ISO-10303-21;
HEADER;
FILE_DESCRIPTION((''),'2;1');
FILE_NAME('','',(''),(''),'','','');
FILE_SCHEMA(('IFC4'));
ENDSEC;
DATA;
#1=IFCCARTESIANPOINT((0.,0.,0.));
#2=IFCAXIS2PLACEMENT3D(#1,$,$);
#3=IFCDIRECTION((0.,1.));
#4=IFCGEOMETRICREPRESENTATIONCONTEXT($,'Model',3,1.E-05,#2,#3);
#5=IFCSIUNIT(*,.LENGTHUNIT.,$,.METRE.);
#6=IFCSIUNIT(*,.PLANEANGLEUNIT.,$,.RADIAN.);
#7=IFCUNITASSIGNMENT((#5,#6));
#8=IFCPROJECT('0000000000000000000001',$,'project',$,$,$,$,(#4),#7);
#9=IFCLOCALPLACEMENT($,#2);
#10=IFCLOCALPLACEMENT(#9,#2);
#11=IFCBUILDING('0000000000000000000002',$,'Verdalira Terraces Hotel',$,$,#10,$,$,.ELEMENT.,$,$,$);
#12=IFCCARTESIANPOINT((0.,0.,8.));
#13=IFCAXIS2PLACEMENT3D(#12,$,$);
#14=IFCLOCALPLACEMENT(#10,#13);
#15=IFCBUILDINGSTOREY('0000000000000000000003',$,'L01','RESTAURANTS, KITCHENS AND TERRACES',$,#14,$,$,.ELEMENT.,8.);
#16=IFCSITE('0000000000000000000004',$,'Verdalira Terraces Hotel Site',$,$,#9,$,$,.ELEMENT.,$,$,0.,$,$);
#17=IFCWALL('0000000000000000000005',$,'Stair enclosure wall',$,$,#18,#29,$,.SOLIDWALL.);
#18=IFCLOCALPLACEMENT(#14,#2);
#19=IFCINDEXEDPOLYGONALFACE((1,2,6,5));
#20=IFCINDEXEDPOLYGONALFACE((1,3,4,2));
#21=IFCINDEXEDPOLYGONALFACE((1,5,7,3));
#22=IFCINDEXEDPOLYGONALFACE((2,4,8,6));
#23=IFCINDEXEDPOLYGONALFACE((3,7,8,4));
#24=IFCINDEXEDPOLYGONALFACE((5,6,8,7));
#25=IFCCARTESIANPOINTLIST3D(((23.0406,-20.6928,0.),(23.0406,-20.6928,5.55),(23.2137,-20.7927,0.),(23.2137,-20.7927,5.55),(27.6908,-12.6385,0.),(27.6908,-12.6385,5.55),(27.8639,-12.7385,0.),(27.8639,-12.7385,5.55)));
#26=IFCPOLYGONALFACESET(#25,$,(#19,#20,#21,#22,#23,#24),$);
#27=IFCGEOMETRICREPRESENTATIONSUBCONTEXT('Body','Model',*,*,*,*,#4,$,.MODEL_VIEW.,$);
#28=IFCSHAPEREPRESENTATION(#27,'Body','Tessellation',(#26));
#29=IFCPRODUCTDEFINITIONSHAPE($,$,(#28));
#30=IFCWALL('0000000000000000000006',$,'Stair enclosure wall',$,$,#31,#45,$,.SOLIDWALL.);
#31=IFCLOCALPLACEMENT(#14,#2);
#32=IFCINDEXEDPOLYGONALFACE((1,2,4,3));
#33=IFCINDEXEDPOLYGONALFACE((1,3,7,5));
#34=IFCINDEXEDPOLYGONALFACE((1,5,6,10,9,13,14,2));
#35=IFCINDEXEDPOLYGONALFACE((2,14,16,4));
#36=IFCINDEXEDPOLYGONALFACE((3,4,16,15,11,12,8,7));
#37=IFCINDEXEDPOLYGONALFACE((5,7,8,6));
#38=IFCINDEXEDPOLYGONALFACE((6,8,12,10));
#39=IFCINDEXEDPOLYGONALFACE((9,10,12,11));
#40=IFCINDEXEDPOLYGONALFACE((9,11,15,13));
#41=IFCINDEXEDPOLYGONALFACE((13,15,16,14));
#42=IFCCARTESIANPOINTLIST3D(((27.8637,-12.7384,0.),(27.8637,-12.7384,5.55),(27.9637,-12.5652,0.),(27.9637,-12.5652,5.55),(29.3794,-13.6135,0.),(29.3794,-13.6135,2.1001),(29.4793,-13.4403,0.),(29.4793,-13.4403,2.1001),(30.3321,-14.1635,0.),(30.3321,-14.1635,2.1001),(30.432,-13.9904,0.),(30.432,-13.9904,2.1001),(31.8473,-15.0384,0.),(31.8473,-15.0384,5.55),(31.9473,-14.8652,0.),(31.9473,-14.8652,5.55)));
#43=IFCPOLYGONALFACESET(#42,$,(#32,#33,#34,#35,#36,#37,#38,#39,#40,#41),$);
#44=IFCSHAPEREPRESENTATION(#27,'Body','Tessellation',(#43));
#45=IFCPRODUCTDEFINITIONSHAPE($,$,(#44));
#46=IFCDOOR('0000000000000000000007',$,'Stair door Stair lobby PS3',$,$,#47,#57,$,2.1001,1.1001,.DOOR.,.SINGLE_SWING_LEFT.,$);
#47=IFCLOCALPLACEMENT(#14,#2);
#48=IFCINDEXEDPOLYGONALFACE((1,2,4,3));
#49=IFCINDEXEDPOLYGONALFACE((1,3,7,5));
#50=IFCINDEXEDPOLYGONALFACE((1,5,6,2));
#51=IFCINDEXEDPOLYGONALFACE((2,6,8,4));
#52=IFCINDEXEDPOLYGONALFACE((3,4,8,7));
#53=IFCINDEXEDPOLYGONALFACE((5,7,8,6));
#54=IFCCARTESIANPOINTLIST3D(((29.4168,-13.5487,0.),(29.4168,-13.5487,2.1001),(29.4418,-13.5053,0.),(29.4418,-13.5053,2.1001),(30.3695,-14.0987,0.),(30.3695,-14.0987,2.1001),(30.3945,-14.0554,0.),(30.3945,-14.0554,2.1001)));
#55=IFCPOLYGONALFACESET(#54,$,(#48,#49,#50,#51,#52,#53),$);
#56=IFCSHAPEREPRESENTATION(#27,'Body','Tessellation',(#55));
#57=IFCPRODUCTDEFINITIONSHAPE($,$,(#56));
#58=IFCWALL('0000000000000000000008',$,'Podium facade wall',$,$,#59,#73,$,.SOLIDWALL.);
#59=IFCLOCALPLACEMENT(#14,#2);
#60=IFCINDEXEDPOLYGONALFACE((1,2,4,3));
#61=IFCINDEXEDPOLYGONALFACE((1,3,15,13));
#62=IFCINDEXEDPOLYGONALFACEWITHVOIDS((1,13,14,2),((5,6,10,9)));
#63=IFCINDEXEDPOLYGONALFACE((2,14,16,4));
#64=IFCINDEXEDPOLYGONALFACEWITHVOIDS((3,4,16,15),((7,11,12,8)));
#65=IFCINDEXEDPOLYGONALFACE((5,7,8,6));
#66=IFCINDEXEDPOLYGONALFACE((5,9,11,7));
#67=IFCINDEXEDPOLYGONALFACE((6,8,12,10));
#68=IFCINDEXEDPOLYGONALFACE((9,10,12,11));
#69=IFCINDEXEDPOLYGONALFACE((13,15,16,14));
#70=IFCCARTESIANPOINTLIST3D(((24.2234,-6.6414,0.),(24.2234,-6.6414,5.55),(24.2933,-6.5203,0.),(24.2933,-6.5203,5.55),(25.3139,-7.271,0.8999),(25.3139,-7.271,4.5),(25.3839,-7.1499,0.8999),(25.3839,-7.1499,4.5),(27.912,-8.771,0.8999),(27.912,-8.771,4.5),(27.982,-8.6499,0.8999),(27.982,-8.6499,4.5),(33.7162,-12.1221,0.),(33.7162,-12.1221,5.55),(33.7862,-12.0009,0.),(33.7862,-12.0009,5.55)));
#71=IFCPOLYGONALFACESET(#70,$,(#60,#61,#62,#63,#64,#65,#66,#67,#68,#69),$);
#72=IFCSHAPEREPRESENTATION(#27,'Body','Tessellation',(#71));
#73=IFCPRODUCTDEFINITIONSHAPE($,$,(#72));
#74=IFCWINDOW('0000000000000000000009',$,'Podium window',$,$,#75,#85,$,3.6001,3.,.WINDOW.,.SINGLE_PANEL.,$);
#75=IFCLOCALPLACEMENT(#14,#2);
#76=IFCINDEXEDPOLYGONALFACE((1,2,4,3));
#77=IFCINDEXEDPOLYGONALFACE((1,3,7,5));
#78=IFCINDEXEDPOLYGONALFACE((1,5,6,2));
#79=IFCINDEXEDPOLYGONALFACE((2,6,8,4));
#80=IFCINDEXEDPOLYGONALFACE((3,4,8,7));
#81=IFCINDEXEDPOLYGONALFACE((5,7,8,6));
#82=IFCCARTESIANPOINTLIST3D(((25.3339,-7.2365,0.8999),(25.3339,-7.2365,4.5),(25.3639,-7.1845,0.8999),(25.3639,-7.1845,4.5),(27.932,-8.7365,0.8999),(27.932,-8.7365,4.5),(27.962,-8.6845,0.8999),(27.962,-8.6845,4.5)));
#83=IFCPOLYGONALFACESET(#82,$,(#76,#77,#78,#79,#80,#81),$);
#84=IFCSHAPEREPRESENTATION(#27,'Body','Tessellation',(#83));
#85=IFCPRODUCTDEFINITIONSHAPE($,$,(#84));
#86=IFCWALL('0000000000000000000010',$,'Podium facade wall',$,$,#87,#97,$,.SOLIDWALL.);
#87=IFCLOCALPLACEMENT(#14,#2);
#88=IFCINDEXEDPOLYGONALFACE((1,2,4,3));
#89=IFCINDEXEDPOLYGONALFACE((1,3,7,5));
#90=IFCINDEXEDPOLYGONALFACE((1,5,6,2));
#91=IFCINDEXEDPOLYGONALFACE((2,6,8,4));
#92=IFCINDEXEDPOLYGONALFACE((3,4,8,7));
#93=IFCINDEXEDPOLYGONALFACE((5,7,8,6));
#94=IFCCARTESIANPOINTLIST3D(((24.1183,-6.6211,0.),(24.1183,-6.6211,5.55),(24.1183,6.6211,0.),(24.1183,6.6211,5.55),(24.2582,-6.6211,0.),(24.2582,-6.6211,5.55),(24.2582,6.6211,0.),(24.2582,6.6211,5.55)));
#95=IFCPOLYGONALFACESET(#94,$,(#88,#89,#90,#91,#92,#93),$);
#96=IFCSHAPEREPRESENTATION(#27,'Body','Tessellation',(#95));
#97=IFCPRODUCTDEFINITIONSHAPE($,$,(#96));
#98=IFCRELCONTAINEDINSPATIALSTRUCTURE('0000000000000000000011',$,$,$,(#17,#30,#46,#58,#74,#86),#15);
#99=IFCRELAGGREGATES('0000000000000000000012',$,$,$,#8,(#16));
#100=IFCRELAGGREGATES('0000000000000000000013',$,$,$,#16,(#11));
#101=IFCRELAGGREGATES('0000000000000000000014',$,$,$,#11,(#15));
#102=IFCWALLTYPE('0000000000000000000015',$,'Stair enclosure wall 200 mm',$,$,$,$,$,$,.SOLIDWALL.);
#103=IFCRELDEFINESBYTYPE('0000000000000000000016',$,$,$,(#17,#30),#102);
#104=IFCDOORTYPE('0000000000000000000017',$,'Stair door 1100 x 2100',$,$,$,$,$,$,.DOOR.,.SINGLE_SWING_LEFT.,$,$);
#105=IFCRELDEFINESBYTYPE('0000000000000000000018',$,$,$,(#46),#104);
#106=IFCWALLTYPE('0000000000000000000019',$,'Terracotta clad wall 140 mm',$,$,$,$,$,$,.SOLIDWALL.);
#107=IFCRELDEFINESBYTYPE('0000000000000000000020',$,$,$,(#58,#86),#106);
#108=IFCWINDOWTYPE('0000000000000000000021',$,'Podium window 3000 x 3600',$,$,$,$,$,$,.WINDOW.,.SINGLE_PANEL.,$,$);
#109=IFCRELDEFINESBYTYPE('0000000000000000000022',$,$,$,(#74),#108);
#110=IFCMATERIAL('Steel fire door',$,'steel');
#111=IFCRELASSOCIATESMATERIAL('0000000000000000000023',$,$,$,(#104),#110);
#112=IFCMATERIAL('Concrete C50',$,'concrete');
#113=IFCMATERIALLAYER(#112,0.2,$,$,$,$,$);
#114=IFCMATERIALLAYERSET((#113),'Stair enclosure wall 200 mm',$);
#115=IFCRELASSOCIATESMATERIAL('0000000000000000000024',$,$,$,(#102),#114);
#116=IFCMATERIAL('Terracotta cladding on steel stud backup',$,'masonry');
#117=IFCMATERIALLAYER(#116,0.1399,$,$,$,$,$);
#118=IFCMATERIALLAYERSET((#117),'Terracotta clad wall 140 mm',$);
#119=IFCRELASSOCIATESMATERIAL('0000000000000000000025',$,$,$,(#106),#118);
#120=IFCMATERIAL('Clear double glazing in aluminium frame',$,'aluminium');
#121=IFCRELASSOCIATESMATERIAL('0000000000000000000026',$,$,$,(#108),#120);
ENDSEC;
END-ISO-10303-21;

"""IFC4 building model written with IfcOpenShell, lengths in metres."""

from ifc_helpers import new_model, si_unit, direction, frame, frame_2d, origin, place, context, subcontext, project, spatial, rectangle, extrude, material, layer, layer_set, type_object, element, fill, save


model = new_model("IFC4")

# Units and contexts
model_context = context("Model", 3, precision=1e-05, world=origin(), true_north=direction((0.0, 1.0)))
body_context = subcontext(model_context, "Body", "Model", "MODEL_VIEW")
ifc_project = project(units=[si_unit("LENGTHUNIT", "METRE"), si_unit("PLANEANGLEUNIT", "RADIAN")], contexts=[model_context])

# Site, building, storey
site_placement = place(None, origin())
site = spatial("IfcSite", under=ifc_project, at=site_placement, Name="Verdalira Terraces Hotel Site", CompositionType="ELEMENT", RefElevation=0.0)
building_placement = place(site_placement, origin())
building = spatial("IfcBuilding", under=site, at=building_placement, Name="Verdalira Terraces Hotel", CompositionType="ELEMENT")
storey_placement = place(building_placement, frame((0.0, 0.0, 8.0)))
storey = spatial("IfcBuildingStorey", under=building, at=storey_placement, Name="L01", Description="RESTAURANTS, KITCHENS AND TERRACES", CompositionType="ELEMENT", Elevation=8.0)

# Shared definitions
ifc_material_1 = material(Name="Steel fire door", Category="steel")
door_type = type_object("IfcDoorType", Name="Stair door 1100 x 2100", OperationType="SINGLE_SWING_LEFT", PredefinedType="DOOR", material=ifc_material_1)

# Wall
ifc_material_2 = material(Name="Concrete C50", Category="concrete")
ifc_layer_1 = layer(ifc_material_2, 0.2)
ifc_layer_set_1 = layer_set([ifc_layer_1], Name="Stair enclosure wall 200 mm")
wall_type_1 = type_object("IfcWallType", Name="Stair enclosure wall 200 mm", PredefinedType="SOLIDWALL", material=ifc_layer_set_1)
wall_1_placement = place(storey_placement, frame((27.7773, -12.6885, 0.0), z_axis=(0.0, 0.0, 1.0), x_axis=(-0.500004, -0.866023, 0.0)))
element("IfcWall", 1, at=wall_1_placement, inside=storey, type_object=wall_type_1, Name="Stair enclosure wall", PredefinedType="SOLIDWALL", context=body_context, shape_type="SweptSolid", body=[
    extrude(rectangle(XDim=9.3003, YDim=0.2, at=frame_2d((4.6501, 0.0))), origin(), (0.0, 0.0, 1.0), 5.55),
])

# Wall, opening, door
wall_2_placement = place(storey_placement, frame((27.9138, -12.6519, 0.0), z_axis=(0.0, 0.0, 1.0), x_axis=(0.866017, -0.500015, 0.0)))
wall_2 = element("IfcWall", 2, at=wall_2_placement, inside=storey, type_object=wall_type_1, Name="Stair enclosure wall", PredefinedType="SOLIDWALL", context=body_context, shape_type="SweptSolid", body=[
    extrude(rectangle(XDim=4.5999, YDim=0.2, at=frame_2d((2.2998, 0.0))), origin(), (0.0, 0.0, 1.0), 5.55),
])
opening_1_placement = place(wall_2_placement, frame((1.75, 0.0, 0.0)))
opening_1 = element("IfcOpeningElement", 3, at=opening_1_placement, cuts=wall_2, PredefinedType="OPENING", context=body_context, shape_type="SweptSolid", body=[
    extrude(rectangle(XDim=1.1001, YDim=2.1001, at=frame_2d((0.55, 1.05))), frame((0.0, 0.1099, 0.0), z_axis=(0.0, -1.0, 0.0), x_axis=(1.0, 0.0, 0.0)), (0.0, 0.0, 1.0), 0.22),
])
door_1_placement = place(opening_1_placement, origin())
door_1 = element("IfcDoor", 4, at=door_1_placement, inside=storey, type_object=door_type, Name="Stair door Stair lobby PS3", OperationType="SINGLE_SWING_LEFT", OverallHeight=2.1001, OverallWidth=1.1001, PredefinedType="DOOR", context=body_context, shape_type="SweptSolid", body=[
    extrude(rectangle(XDim=1.1001, YDim=2.1001, at=frame_2d((0.55, 1.05))), frame((0.0, 0.0249, 0.0), z_axis=(0.0, -1.0, 0.0), x_axis=(1.0, 0.0, 0.0)), (0.0, 0.0, 1.0), 0.05),
])
fill(opening_1, door_1)

# Wall, opening, window
ifc_material_3 = material(Name="Terracotta cladding on steel stud backup", Category="masonry")
ifc_layer_2 = layer(ifc_material_3, 0.1399)
ifc_layer_set_2 = layer_set([ifc_layer_2], Name="Terracotta clad wall 140 mm")
wall_type_2 = type_object("IfcWallType", Name="Terracotta clad wall 140 mm", PredefinedType="SOLIDWALL", material=ifc_layer_set_2)
wall_3_placement = place(storey_placement, frame((33.7512, -12.0615, 0.0), z_axis=(0.0, 0.0, 1.0), x_axis=(-0.866026, 0.499998, 0.0)))
wall_3 = element("IfcWall", 5, at=wall_3_placement, inside=storey, type_object=wall_type_2, Name="Podium facade wall", PredefinedType="SOLIDWALL", context=body_context, shape_type="SweptSolid", body=[
    extrude(rectangle(XDim=10.9614, YDim=0.1399, at=frame_2d((5.4807, 0.0))), origin(), (0.0, 0.0, 1.0), 5.55),
])
opening_2_placement = place(wall_3_placement, frame((6.7021, 0.0, 0.8999)))
opening_2 = element("IfcOpeningElement", 6, at=opening_2_placement, cuts=wall_3, PredefinedType="OPENING", context=body_context, shape_type="SweptSolid", body=[
    extrude(rectangle(XDim=3.0, YDim=3.6001, at=frame_2d((1.5, 1.8))), frame((0.0, 0.0798, 0.0), z_axis=(0.0, -1.0, 0.0), x_axis=(1.0, 0.0, 0.0)), (0.0, 0.0, 1.0), 0.1599),
])
ifc_material_4 = material(Name="Clear double glazing in aluminium frame", Category="aluminium")
window_type = type_object("IfcWindowType", Name="Podium window 3000 x 3600", PartitioningType="SINGLE_PANEL", PredefinedType="WINDOW", material=ifc_material_4)
window_placement = place(opening_2_placement, origin())
window = element("IfcWindow", 7, at=window_placement, inside=storey, type_object=window_type, Name="Podium window", OverallHeight=3.6001, OverallWidth=3.0, PartitioningType="SINGLE_PANEL", PredefinedType="WINDOW", context=body_context, shape_type="SweptSolid", body=[
    extrude(rectangle(XDim=3.0, YDim=3.6001, at=frame_2d((1.5, 1.8))), frame((0.0, 0.03, 0.0), z_axis=(0.0, -1.0, 0.0), x_axis=(1.0, 0.0, 0.0)), (0.0, 0.0, 1.0), 0.0601),
])
fill(opening_2, window)

# Wall
wall_4_placement = place(storey_placement, frame((24.1882, -6.6211, 0.0), z_axis=(0.0, 0.0, 1.0), x_axis=(0.0, 1.0, 0.0)))
element("IfcWall", 8, at=wall_4_placement, inside=storey, type_object=wall_type_2, Name="Podium facade wall", PredefinedType="SOLIDWALL", context=body_context, shape_type="SweptSolid", body=[
    extrude(rectangle(XDim=13.2422, YDim=0.1399, at=frame_2d((6.6211, 0.0))), origin(), (0.0, 0.0, 1.0), 5.55),
])

save(model, "model.ifc")
